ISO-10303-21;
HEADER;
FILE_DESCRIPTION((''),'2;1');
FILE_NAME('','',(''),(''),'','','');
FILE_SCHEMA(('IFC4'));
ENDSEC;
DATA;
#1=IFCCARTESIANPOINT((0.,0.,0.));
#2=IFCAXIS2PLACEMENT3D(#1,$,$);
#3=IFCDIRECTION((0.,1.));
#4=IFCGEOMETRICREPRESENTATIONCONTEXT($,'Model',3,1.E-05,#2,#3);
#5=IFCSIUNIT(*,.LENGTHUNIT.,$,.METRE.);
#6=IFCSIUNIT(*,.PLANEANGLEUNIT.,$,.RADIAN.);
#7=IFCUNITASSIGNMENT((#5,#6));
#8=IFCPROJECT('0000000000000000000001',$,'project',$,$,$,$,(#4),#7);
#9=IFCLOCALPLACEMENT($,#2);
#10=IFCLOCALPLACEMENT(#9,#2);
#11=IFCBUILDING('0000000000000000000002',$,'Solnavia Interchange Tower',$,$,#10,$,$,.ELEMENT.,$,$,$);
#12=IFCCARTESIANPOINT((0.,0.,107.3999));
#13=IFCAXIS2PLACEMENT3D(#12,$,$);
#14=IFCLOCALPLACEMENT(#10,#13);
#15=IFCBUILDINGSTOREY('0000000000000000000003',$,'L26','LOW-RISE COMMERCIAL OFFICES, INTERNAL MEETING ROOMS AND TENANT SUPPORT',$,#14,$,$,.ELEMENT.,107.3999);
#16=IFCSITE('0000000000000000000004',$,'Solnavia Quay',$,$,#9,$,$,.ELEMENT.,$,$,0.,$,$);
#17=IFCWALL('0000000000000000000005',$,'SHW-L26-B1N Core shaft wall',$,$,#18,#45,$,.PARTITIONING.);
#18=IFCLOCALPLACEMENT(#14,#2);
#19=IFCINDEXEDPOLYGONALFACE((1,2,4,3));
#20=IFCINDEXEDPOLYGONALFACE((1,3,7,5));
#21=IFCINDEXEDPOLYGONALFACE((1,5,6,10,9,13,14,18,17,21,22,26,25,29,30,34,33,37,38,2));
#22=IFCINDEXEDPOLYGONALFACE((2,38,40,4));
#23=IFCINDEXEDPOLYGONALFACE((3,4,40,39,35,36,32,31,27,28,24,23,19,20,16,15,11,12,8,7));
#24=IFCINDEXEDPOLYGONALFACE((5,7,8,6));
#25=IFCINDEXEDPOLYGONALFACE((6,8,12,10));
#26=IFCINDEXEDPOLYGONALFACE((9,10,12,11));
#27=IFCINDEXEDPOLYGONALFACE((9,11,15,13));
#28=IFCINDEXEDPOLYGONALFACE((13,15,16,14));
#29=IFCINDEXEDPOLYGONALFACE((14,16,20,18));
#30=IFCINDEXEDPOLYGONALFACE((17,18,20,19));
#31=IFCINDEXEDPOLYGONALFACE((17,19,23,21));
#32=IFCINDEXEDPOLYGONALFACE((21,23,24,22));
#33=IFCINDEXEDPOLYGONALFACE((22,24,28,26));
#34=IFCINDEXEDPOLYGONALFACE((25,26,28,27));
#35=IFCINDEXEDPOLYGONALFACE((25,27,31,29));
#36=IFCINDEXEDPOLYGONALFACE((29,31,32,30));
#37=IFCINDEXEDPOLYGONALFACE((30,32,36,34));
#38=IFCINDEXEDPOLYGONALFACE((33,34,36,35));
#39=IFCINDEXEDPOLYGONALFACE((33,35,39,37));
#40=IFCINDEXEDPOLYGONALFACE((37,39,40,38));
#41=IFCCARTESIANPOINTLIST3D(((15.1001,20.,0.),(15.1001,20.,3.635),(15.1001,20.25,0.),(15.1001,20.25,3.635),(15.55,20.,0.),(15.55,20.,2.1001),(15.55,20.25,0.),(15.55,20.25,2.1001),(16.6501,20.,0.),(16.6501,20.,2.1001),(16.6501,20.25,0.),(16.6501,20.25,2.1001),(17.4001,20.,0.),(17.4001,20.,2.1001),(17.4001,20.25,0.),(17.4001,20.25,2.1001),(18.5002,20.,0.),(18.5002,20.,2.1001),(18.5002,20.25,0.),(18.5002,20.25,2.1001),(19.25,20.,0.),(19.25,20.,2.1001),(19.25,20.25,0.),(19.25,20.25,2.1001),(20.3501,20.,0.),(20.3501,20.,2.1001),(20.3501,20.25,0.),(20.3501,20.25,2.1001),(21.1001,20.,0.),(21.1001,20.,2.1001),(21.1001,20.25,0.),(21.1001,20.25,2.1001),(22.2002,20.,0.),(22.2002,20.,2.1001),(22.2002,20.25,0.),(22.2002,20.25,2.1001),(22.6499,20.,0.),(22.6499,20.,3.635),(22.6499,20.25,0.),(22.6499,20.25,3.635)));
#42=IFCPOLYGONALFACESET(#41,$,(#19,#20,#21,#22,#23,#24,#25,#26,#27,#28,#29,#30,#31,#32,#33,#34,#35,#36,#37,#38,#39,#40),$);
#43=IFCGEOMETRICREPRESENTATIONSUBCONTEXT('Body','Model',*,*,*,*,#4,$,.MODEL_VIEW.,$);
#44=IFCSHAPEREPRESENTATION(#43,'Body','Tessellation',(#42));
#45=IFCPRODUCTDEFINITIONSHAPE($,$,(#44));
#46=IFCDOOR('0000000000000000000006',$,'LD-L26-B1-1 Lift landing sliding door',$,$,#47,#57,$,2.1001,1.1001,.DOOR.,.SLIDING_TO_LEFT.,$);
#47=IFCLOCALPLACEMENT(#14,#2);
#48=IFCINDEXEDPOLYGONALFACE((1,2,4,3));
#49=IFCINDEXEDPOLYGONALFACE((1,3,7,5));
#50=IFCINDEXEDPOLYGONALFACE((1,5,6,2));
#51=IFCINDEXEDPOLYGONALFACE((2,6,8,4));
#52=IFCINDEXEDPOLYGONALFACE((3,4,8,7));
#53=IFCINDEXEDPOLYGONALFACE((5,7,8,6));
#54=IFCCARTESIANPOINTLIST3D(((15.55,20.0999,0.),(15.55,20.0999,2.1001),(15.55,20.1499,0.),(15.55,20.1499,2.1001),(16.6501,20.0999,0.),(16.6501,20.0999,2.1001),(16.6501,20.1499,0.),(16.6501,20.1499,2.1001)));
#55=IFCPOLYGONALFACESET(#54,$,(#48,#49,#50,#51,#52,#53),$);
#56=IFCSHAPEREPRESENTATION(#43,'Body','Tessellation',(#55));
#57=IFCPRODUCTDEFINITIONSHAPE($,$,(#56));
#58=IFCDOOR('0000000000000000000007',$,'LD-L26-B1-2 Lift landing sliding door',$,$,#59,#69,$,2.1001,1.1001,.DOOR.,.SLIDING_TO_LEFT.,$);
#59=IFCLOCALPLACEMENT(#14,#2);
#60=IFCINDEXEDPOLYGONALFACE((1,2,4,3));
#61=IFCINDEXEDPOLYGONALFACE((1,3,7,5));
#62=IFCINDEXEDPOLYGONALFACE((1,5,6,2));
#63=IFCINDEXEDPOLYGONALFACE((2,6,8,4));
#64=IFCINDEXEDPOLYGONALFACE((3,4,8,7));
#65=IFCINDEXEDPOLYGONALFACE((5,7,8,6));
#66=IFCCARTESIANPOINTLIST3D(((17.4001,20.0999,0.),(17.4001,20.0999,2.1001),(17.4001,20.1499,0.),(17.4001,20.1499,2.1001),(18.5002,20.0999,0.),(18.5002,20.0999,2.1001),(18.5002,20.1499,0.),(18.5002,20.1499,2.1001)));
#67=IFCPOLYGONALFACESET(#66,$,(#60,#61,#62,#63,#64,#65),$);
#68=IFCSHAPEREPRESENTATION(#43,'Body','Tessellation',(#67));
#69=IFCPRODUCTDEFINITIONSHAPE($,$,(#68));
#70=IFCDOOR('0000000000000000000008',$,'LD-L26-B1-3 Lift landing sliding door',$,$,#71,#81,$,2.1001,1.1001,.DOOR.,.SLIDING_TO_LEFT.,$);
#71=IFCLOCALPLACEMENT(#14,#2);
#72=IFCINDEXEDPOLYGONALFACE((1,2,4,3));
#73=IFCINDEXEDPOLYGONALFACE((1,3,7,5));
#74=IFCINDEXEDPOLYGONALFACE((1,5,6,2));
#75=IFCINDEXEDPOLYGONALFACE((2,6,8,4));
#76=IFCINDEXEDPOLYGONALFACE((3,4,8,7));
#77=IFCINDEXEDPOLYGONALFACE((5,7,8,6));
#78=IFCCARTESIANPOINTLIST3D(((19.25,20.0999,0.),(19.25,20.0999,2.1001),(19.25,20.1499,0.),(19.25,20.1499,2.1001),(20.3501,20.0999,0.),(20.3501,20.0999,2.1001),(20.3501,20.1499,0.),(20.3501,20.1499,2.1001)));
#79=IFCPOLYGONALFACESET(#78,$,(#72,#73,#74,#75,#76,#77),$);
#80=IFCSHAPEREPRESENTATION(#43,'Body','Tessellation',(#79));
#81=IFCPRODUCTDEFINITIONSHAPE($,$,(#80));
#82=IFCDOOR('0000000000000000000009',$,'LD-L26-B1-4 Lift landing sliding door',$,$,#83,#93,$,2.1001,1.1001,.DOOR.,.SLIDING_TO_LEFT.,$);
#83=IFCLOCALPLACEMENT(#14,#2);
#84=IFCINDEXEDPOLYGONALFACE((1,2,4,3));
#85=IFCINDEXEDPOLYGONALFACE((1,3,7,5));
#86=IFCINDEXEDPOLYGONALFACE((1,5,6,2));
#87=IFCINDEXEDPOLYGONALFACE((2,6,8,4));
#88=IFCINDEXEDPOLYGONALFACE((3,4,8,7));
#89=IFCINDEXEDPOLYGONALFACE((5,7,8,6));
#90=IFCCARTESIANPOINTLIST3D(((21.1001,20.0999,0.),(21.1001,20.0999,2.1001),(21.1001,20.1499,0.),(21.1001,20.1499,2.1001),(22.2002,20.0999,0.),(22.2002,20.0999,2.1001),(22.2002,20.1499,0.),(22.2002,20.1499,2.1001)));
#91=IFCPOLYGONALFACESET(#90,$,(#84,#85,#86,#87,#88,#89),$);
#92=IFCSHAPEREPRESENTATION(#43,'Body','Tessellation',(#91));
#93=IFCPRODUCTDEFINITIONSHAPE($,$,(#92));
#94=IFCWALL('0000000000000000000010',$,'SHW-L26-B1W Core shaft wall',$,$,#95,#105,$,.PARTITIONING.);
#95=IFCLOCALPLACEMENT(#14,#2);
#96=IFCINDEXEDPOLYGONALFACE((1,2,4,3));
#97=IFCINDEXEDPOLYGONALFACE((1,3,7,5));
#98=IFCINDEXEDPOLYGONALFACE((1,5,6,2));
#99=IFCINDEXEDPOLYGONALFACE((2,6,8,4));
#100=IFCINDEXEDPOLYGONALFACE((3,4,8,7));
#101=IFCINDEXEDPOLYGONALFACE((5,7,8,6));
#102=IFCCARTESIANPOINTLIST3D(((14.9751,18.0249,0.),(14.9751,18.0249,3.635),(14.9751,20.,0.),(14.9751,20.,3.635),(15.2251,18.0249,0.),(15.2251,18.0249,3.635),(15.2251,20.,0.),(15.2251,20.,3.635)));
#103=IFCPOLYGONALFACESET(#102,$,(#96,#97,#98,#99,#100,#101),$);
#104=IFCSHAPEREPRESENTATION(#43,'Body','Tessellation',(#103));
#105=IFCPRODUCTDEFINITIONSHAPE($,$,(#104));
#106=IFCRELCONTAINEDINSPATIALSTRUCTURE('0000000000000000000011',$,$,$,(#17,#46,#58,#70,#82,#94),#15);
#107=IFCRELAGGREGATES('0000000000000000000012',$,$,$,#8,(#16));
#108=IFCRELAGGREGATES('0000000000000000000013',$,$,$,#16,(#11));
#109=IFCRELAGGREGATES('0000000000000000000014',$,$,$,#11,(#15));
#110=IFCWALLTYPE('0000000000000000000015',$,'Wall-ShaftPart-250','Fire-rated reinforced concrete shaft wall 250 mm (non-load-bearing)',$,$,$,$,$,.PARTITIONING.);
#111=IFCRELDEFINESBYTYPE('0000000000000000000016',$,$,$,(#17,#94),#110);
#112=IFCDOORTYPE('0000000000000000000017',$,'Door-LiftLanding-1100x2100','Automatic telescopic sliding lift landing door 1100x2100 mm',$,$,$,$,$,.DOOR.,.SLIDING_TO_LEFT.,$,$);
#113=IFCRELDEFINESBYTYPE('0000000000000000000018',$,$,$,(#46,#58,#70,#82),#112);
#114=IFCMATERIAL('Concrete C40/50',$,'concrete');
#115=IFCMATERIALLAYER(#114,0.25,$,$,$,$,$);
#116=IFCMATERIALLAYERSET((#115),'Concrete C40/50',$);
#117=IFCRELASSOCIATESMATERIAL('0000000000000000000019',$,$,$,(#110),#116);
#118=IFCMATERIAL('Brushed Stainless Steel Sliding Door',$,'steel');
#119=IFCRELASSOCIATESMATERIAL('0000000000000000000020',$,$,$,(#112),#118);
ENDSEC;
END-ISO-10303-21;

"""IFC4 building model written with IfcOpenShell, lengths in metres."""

from ifc_helpers import new_model, si_unit, direction, frame, frame_2d, origin, place, context, subcontext, project, spatial, rectangle, extrude, material, layer, layer_set, type_object, element, fill, save


model = new_model("IFC4")

# Units and contexts
model_context = context("Model", 3, precision=1e-05, world=origin(), true_north=direction((0.0, 1.0)))
body_context = subcontext(model_context, "Body", "Model", "MODEL_VIEW")
ifc_project = project(units=[si_unit("LENGTHUNIT", "METRE"), si_unit("PLANEANGLEUNIT", "RADIAN")], contexts=[model_context])

# Site, building, storey
site_placement = place(None, origin())
site = spatial("IfcSite", under=ifc_project, at=site_placement, Name="Solnavia Quay", CompositionType="ELEMENT", RefElevation=0.0)
building_placement = place(site_placement, origin())
building = spatial("IfcBuilding", under=site, at=building_placement, Name="Solnavia Interchange Tower", CompositionType="ELEMENT")
storey_placement = place(building_placement, frame((0.0, 0.0, 107.3999)))
storey = spatial("IfcBuildingStorey", under=building, at=storey_placement, Name="L26", Description="LOW-RISE COMMERCIAL OFFICES, INTERNAL MEETING ROOMS AND TENANT SUPPORT", CompositionType="ELEMENT", Elevation=107.3999)

# Shared definitions
ifc_material_1 = material(Name="Concrete C40/50", Category="concrete")

# Shared definitions
ifc_layer_1 = layer(ifc_material_1, 0.25)
ifc_layer_set_1 = layer_set([ifc_layer_1], Name="Concrete C40/50")
wall_type_1 = type_object("IfcWallType", Name="Wall-ShaftPart-250", Description="Fire-rated reinforced concrete shaft wall 250 mm (non-load-bearing)", PredefinedType="PARTITIONING", material=ifc_layer_set_1)

# Wall, openings, doors
wall_1_placement = place(storey_placement, frame((15.1001, 20.125, 0.0), z_axis=(0.0, 0.0, 1.0), x_axis=(1.0, 0.0, 0.0)))
wall_1 = element("IfcWall", 1, at=wall_1_placement, inside=storey, type_object=wall_type_1, Name="SHW-L26-B1N Core shaft wall", PredefinedType="PARTITIONING", context=body_context, shape_type="SweptSolid", body=[
    extrude(rectangle(XDim=7.5498, YDim=0.25, at=frame_2d((3.7749, 0.0))), origin(), (0.0, 0.0, 1.0), 3.635),
])
opening_1_placement = place(wall_1_placement, frame((0.45, 0.0, 0.0)))
opening_1 = element("IfcOpeningElement", 2, at=opening_1_placement, cuts=wall_1, PredefinedType="OPENING", context=body_context, shape_type="SweptSolid", body=[
    extrude(rectangle(XDim=1.1001, YDim=2.1001, at=frame_2d((0.55, 1.05))), frame((0.0, 0.135, 0.0), z_axis=(0.0, -1.0, 0.0), x_axis=(1.0, 0.0, 0.0)), (0.0, 0.0, 1.0), 0.27),
])
opening_2_placement = place(wall_1_placement, frame((2.3, 0.0, 0.0)))
opening_2 = element("IfcOpeningElement", 3, at=opening_2_placement, cuts=wall_1, PredefinedType="OPENING", context=body_context, shape_type="SweptSolid", body=[
    extrude(rectangle(XDim=1.1001, YDim=2.1001, at=frame_2d((0.55, 1.05))), frame((0.0, 0.135, 0.0), z_axis=(0.0, -1.0, 0.0), x_axis=(1.0, 0.0, 0.0)), (0.0, 0.0, 1.0), 0.27),
])
opening_3_placement = place(wall_1_placement, frame((4.1499, 0.0, 0.0)))
opening_3 = element("IfcOpeningElement", 4, at=opening_3_placement, cuts=wall_1, PredefinedType="OPENING", context=body_context, shape_type="SweptSolid", body=[
    extrude(rectangle(XDim=1.1001, YDim=2.1001, at=frame_2d((0.55, 1.05))), frame((0.0, 0.135, 0.0), z_axis=(0.0, -1.0, 0.0), x_axis=(1.0, 0.0, 0.0)), (0.0, 0.0, 1.0), 0.27),
])
opening_4_placement = place(wall_1_placement, frame((6.0, 0.0, 0.0)))
opening_4 = element("IfcOpeningElement", 5, at=opening_4_placement, cuts=wall_1, PredefinedType="OPENING", context=body_context, shape_type="SweptSolid", body=[
    extrude(rectangle(XDim=1.1001, YDim=2.1001, at=frame_2d((0.55, 1.05))), frame((0.0, 0.135, 0.0), z_axis=(0.0, -1.0, 0.0), x_axis=(1.0, 0.0, 0.0)), (0.0, 0.0, 1.0), 0.27),
])
ifc_material_2 = material(Name="Brushed Stainless Steel Sliding Door", Category="steel")
door_type_1 = type_object("IfcDoorType", Name="Door-LiftLanding-1100x2100", Description="Automatic telescopic sliding lift landing door 1100x2100 mm", OperationType="SLIDING_TO_LEFT", PredefinedType="DOOR", material=ifc_material_2)
door_1_placement = place(opening_1_placement, origin())
door_1 = element("IfcDoor", 6, at=door_1_placement, inside=storey, type_object=door_type_1, Name="LD-L26-B1-1 Lift landing sliding door", OperationType="SLIDING_TO_LEFT", OverallHeight=2.1001, OverallWidth=1.1001, PredefinedType="DOOR", context=body_context, shape_type="SweptSolid", body=[
    extrude(rectangle(XDim=1.1001, YDim=2.1001, at=frame_2d((0.55, 1.05))), frame((0.0, 0.0249, 0.0), z_axis=(0.0, -1.0, 0.0), x_axis=(1.0, 0.0, 0.0)), (0.0, 0.0, 1.0), 0.05),
])
fill(opening_1, door_1)
door_2_placement = place(opening_2_placement, origin())
door_2 = element("IfcDoor", 7, at=door_2_placement, inside=storey, type_object=door_type_1, Name="LD-L26-B1-2 Lift landing sliding door", OperationType="SLIDING_TO_LEFT", OverallHeight=2.1001, OverallWidth=1.1001, PredefinedType="DOOR", context=body_context, shape_type="SweptSolid", body=[
    extrude(rectangle(XDim=1.1001, YDim=2.1001, at=frame_2d((0.55, 1.05))), frame((0.0, 0.0249, 0.0), z_axis=(0.0, -1.0, 0.0), x_axis=(1.0, 0.0, 0.0)), (0.0, 0.0, 1.0), 0.05),
])
fill(opening_2, door_2)
door_3_placement = place(opening_3_placement, origin())
door_3 = element("IfcDoor", 8, at=door_3_placement, inside=storey, type_object=door_type_1, Name="LD-L26-B1-3 Lift landing sliding door", OperationType="SLIDING_TO_LEFT", OverallHeight=2.1001, OverallWidth=1.1001, PredefinedType="DOOR", context=body_context, shape_type="SweptSolid", body=[
    extrude(rectangle(XDim=1.1001, YDim=2.1001, at=frame_2d((0.55, 1.05))), frame((0.0, 0.0249, 0.0), z_axis=(0.0, -1.0, 0.0), x_axis=(1.0, 0.0, 0.0)), (0.0, 0.0, 1.0), 0.05),
])
fill(opening_3, door_3)
door_4_placement = place(opening_4_placement, origin())
door_4 = element("IfcDoor", 9, at=door_4_placement, inside=storey, type_object=door_type_1, Name="LD-L26-B1-4 Lift landing sliding door", OperationType="SLIDING_TO_LEFT", OverallHeight=2.1001, OverallWidth=1.1001, PredefinedType="DOOR", context=body_context, shape_type="SweptSolid", body=[
    extrude(rectangle(XDim=1.1001, YDim=2.1001, at=frame_2d((0.55, 1.05))), frame((0.0, 0.0249, 0.0), z_axis=(0.0, -1.0, 0.0), x_axis=(1.0, 0.0, 0.0)), (0.0, 0.0, 1.0), 0.05),
])
fill(opening_4, door_4)

# Wall
wall_2_placement = place(storey_placement, frame((15.1001, 18.0249, 0.0), z_axis=(0.0, 0.0, 1.0), x_axis=(0.0, 1.0, 0.0)))
element("IfcWall", 10, at=wall_2_placement, inside=storey, type_object=wall_type_1, Name="SHW-L26-B1W Core shaft wall", PredefinedType="PARTITIONING", context=body_context, shape_type="SweptSolid", body=[
    extrude(rectangle(XDim=1.9751, YDim=0.25, at=frame_2d((0.9875, 0.0))), origin(), (0.0, 0.0, 1.0), 3.635),
])

save(model, "model.ifc")
